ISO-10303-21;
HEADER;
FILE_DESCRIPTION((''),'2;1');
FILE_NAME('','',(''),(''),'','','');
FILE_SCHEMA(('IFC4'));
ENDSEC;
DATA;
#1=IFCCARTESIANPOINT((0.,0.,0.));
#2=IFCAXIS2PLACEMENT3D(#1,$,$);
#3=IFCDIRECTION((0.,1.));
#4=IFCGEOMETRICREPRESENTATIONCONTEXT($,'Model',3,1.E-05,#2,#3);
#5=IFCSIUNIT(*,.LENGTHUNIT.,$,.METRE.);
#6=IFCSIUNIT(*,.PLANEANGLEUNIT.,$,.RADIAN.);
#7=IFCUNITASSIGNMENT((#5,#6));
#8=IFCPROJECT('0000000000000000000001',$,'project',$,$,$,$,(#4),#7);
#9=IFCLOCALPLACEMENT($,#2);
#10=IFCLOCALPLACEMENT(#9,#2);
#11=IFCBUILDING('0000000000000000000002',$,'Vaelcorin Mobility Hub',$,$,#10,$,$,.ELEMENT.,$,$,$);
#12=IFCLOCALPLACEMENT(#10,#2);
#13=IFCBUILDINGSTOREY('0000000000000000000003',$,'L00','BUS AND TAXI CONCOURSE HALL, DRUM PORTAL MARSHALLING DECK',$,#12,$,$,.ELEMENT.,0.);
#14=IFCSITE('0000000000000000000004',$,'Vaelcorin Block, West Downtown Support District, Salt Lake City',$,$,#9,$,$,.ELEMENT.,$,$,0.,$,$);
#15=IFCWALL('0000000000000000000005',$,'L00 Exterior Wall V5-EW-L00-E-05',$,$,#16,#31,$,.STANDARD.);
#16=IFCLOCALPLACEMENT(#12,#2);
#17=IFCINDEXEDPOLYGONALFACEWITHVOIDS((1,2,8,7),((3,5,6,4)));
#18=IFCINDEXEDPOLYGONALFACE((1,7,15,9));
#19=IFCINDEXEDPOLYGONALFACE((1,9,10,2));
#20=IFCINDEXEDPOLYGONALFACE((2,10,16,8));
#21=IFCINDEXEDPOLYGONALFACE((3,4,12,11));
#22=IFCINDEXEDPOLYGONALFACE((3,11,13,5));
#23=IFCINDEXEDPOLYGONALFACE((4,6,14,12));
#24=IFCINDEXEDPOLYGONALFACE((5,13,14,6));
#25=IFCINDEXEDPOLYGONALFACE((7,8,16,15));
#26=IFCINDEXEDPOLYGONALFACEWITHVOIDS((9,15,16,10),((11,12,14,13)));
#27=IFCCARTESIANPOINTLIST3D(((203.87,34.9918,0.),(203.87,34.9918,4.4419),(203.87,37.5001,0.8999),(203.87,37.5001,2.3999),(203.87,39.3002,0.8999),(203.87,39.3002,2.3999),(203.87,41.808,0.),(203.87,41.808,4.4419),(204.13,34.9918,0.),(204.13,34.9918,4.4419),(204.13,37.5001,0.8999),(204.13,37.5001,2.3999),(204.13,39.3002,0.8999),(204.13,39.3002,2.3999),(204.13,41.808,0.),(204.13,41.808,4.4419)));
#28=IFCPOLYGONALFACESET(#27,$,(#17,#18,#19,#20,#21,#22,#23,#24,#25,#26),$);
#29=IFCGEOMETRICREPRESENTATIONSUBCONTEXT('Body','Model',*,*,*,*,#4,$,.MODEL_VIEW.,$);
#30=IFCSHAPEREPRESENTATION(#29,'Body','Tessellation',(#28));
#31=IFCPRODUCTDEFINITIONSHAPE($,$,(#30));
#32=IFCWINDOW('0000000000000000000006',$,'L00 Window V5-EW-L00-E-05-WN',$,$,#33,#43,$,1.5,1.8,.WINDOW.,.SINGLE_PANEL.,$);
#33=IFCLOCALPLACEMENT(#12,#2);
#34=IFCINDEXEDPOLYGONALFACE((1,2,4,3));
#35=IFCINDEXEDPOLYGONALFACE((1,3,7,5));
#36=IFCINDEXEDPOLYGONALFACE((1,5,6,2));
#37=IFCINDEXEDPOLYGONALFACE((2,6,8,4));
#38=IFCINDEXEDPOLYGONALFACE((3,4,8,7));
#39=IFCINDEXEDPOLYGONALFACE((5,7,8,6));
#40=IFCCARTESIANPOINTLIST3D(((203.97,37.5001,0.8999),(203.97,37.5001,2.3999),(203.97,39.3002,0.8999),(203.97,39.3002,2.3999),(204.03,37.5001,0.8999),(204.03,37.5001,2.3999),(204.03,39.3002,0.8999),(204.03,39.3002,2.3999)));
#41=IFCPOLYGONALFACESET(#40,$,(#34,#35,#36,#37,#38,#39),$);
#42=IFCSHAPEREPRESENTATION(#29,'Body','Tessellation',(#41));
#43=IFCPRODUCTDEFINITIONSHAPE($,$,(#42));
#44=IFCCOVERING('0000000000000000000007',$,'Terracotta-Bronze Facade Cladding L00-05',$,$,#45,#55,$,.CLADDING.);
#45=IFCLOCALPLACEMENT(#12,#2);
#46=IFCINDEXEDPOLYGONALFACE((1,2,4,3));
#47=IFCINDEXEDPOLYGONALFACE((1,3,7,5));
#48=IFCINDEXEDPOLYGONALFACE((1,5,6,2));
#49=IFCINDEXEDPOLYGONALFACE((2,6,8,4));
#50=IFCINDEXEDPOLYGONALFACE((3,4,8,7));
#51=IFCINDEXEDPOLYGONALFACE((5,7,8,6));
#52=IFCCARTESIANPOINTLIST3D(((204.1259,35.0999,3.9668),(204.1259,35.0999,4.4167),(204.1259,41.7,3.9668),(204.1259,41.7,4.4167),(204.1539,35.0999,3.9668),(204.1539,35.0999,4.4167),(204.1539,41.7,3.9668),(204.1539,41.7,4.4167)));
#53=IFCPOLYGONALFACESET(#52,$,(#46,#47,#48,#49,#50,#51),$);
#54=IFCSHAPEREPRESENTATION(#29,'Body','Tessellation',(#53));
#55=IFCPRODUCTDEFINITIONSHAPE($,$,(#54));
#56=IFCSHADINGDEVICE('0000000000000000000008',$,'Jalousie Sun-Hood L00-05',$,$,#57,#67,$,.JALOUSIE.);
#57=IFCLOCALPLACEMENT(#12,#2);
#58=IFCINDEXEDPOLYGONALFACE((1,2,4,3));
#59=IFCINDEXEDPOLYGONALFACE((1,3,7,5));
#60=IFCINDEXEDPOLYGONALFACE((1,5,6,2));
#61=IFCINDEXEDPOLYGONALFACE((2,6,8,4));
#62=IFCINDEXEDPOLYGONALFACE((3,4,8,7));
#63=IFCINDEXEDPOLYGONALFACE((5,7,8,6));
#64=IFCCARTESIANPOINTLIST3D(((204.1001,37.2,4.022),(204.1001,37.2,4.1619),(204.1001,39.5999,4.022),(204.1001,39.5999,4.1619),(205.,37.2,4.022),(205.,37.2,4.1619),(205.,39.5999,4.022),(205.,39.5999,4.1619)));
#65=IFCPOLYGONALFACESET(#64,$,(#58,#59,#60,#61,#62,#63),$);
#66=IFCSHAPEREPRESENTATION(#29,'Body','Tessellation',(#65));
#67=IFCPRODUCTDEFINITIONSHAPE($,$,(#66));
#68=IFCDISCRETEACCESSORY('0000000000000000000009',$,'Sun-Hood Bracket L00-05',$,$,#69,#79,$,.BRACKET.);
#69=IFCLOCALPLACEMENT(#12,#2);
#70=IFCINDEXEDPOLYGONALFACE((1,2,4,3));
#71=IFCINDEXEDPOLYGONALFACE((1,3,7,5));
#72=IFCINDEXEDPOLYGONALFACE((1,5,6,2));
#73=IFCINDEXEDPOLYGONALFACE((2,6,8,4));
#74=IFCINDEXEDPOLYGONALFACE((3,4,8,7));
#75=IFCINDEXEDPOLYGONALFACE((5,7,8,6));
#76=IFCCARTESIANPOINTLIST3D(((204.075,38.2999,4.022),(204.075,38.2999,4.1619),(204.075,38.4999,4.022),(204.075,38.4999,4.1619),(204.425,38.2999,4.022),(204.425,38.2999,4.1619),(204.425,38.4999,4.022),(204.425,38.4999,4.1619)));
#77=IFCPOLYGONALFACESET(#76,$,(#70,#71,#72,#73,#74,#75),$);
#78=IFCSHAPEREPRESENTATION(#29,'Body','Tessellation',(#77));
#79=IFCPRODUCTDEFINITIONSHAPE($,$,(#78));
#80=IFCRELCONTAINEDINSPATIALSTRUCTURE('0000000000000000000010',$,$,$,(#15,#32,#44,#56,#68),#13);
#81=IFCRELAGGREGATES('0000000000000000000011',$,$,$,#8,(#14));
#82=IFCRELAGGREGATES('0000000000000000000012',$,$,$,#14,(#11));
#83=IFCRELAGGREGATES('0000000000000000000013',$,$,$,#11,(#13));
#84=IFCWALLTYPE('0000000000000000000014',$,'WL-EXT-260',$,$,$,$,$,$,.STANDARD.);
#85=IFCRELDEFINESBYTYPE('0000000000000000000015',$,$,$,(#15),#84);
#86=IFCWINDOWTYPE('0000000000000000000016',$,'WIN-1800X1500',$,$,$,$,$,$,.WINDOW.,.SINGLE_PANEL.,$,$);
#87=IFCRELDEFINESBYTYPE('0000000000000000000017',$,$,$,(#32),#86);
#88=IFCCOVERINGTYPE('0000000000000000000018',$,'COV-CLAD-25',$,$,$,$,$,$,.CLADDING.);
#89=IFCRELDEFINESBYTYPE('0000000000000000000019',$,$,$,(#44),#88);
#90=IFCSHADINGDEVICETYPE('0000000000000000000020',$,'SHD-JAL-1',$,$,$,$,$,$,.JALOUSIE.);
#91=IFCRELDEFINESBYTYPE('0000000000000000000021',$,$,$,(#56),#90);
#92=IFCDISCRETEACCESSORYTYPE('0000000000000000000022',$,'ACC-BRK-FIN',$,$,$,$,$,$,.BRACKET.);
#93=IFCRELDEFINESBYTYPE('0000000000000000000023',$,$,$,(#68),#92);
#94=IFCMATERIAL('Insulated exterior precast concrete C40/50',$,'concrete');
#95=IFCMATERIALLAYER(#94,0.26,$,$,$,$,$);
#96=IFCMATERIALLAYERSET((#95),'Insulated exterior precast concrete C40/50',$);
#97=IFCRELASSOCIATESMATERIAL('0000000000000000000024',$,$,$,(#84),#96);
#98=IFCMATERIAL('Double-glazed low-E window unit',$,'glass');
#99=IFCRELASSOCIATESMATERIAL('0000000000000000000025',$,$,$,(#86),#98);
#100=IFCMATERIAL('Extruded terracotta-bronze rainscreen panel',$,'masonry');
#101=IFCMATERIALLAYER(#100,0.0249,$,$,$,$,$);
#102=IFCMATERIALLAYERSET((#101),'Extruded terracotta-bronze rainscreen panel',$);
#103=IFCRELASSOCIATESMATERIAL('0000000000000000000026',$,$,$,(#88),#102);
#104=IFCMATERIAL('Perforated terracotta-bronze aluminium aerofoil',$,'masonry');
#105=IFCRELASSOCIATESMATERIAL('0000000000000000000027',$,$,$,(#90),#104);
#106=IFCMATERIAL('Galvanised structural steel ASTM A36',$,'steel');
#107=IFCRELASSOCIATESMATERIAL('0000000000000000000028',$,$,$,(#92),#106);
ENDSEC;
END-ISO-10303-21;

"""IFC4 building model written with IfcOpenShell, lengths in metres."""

from ifc_helpers import new_model, si_unit, direction, frame, frame_2d, origin, origin_2d, place, context, subcontext, project, spatial, rectangle, extrude, material, layer, layer_set, type_object, element, fill, save


model = new_model("IFC4")

# Units and contexts
model_context = context("Model", 3, precision=1e-05, world=origin(), true_north=direction((0.0, 1.0)))
body_context = subcontext(model_context, "Body", "Model", "MODEL_VIEW")
ifc_project = project(units=[si_unit("LENGTHUNIT", "METRE"), si_unit("PLANEANGLEUNIT", "RADIAN")], contexts=[model_context])

# Site, building, storey
site_placement = place(None, origin())
site = spatial("IfcSite", under=ifc_project, at=site_placement, Name="Vaelcorin Block, West Downtown Support District, Salt Lake City", CompositionType="ELEMENT", RefElevation=0.0)
building_placement = place(site_placement, origin())
building = spatial("IfcBuilding", under=site, at=building_placement, Name="Vaelcorin Mobility Hub", CompositionType="ELEMENT")
storey_placement = place(building_placement, origin())
storey = spatial("IfcBuildingStorey", under=building, at=storey_placement, Name="L00", Description="BUS AND TAXI CONCOURSE HALL, DRUM PORTAL MARSHALLING DECK", CompositionType="ELEMENT", Elevation=0.0)

# Shared definitions
ifc_material_1 = material(Name="Extruded terracotta-bronze rainscreen panel", Category="masonry")

# Wall, opening, window
ifc_material_2 = material(Name="Insulated exterior precast concrete C40/50", Category="concrete")
ifc_layer_1 = layer(ifc_material_2, 0.26)
ifc_layer_set_1 = layer_set([ifc_layer_1], Name="Insulated exterior precast concrete C40/50")
wall_type = type_object("IfcWallType", Name="WL-EXT-260", PredefinedType="STANDARD", material=ifc_layer_set_1)
wall_placement = place(storey_placement, frame((204.0, 41.8081, 0.0), z_axis=(0.0, 0.0, 1.0), x_axis=(0.0, -1.0, 0.0)))
wall = element("IfcWall", 1, at=wall_placement, inside=storey, type_object=wall_type, Name="L00 Exterior Wall V5-EW-L00-E-05", PredefinedType="STANDARD", context=body_context, shape_type="SweptSolid", body=[
    extrude(rectangle(XDim=6.8162, YDim=0.26, at=frame_2d((3.4082, 0.0))), origin(), (0.0, 0.0, 1.0), 4.4419),
])
opening_placement = place(wall_placement, frame((2.5081, 0.0, 0.8999)))
opening = element("IfcOpeningElement", 2, at=opening_placement, cuts=wall, PredefinedType="OPENING", context=body_context, shape_type="SweptSolid", body=[
    extrude(rectangle(XDim=1.8, YDim=1.5, at=frame_2d((0.8999, 0.75))), frame((0.0, 0.1399, 0.0), z_axis=(0.0, -1.0, 0.0), x_axis=(1.0, 0.0, 0.0)), (0.0, 0.0, 1.0), 0.28),
])
ifc_material_3 = material(Name="Double-glazed low-E window unit", Category="glass")
window_type = type_object("IfcWindowType", Name="WIN-1800X1500", PartitioningType="SINGLE_PANEL", PredefinedType="WINDOW", material=ifc_material_3)
window_placement = place(opening_placement, origin())
window = element("IfcWindow", 3, at=window_placement, inside=storey, type_object=window_type, Name="L00 Window V5-EW-L00-E-05-WN", OverallHeight=1.5, OverallWidth=1.8, PartitioningType="SINGLE_PANEL", PredefinedType="WINDOW", context=body_context, shape_type="SweptSolid", body=[
    extrude(rectangle(XDim=1.8, YDim=1.5, at=frame_2d((0.8999, 0.75))), frame((0.0, 0.03, 0.0), z_axis=(0.0, -1.0, 0.0), x_axis=(1.0, 0.0, 0.0)), (0.0, 0.0, 1.0), 0.0601),
])
fill(opening, window)

# Covering
ifc_layer_2 = layer(ifc_material_1, 0.0249)
ifc_layer_set_2 = layer_set([ifc_layer_2], Name="Extruded terracotta-bronze rainscreen panel")
covering_type = type_object("IfcCoveringType", Name="COV-CLAD-25", PredefinedType="CLADDING", material=ifc_layer_set_2)
covering_placement = place(storey_placement, frame((204.1399, 38.3999, 3.9668), z_axis=(0.0, 0.0, 1.0), x_axis=(1.0, 0.0, 0.0)))
element("IfcCovering", 4, at=covering_placement, inside=storey, type_object=covering_type, Name="Terracotta-Bronze Facade Cladding L00-05", PredefinedType="CLADDING", context=body_context, shape_type="SweptSolid", body=[
    extrude(rectangle(XDim=0.0281, YDim=6.6001, at=origin_2d()), origin(), (0.0, 0.0, 1.0), 0.45),
])

# Shading device
ifc_material_4 = material(Name="Perforated terracotta-bronze aluminium aerofoil", Category="masonry")
shading_device_type = type_object("IfcShadingDeviceType", Name="SHD-JAL-1", PredefinedType="JALOUSIE", material=ifc_material_4)
shading_device_placement = place(storey_placement, frame((204.55, 38.3999, 4.022), z_axis=(0.0, 0.0, 1.0), x_axis=(1.0, 0.0, 0.0)))
element("IfcShadingDevice", 5, at=shading_device_placement, inside=storey, type_object=shading_device_type, Name="Jalousie Sun-Hood L00-05", PredefinedType="JALOUSIE", context=body_context, shape_type="SweptSolid", body=[
    extrude(rectangle(XDim=0.8999, YDim=2.3999, at=origin_2d()), origin(), (0.0, 0.0, 1.0), 0.1399),
])

# Discrete accessory
ifc_material_5 = material(Name="Galvanised structural steel ASTM A36", Category="steel")
discrete_accessory_type = type_object("IfcDiscreteAccessoryType", Name="ACC-BRK-FIN", PredefinedType="BRACKET", material=ifc_material_5)
discrete_accessory_placement = place(storey_placement, frame((204.25, 38.3999, 4.022), z_axis=(0.0, 0.0, 1.0), x_axis=(1.0, 0.0, 0.0)))
element("IfcDiscreteAccessory", 6, at=discrete_accessory_placement, inside=storey, type_object=discrete_accessory_type, Name="Sun-Hood Bracket L00-05", PredefinedType="BRACKET", context=body_context, shape_type="SweptSolid", body=[
    extrude(rectangle(XDim=0.3501, YDim=0.2, at=origin_2d()), origin(), (0.0, 0.0, 1.0), 0.1399),
])

save(model, "model.ifc")
